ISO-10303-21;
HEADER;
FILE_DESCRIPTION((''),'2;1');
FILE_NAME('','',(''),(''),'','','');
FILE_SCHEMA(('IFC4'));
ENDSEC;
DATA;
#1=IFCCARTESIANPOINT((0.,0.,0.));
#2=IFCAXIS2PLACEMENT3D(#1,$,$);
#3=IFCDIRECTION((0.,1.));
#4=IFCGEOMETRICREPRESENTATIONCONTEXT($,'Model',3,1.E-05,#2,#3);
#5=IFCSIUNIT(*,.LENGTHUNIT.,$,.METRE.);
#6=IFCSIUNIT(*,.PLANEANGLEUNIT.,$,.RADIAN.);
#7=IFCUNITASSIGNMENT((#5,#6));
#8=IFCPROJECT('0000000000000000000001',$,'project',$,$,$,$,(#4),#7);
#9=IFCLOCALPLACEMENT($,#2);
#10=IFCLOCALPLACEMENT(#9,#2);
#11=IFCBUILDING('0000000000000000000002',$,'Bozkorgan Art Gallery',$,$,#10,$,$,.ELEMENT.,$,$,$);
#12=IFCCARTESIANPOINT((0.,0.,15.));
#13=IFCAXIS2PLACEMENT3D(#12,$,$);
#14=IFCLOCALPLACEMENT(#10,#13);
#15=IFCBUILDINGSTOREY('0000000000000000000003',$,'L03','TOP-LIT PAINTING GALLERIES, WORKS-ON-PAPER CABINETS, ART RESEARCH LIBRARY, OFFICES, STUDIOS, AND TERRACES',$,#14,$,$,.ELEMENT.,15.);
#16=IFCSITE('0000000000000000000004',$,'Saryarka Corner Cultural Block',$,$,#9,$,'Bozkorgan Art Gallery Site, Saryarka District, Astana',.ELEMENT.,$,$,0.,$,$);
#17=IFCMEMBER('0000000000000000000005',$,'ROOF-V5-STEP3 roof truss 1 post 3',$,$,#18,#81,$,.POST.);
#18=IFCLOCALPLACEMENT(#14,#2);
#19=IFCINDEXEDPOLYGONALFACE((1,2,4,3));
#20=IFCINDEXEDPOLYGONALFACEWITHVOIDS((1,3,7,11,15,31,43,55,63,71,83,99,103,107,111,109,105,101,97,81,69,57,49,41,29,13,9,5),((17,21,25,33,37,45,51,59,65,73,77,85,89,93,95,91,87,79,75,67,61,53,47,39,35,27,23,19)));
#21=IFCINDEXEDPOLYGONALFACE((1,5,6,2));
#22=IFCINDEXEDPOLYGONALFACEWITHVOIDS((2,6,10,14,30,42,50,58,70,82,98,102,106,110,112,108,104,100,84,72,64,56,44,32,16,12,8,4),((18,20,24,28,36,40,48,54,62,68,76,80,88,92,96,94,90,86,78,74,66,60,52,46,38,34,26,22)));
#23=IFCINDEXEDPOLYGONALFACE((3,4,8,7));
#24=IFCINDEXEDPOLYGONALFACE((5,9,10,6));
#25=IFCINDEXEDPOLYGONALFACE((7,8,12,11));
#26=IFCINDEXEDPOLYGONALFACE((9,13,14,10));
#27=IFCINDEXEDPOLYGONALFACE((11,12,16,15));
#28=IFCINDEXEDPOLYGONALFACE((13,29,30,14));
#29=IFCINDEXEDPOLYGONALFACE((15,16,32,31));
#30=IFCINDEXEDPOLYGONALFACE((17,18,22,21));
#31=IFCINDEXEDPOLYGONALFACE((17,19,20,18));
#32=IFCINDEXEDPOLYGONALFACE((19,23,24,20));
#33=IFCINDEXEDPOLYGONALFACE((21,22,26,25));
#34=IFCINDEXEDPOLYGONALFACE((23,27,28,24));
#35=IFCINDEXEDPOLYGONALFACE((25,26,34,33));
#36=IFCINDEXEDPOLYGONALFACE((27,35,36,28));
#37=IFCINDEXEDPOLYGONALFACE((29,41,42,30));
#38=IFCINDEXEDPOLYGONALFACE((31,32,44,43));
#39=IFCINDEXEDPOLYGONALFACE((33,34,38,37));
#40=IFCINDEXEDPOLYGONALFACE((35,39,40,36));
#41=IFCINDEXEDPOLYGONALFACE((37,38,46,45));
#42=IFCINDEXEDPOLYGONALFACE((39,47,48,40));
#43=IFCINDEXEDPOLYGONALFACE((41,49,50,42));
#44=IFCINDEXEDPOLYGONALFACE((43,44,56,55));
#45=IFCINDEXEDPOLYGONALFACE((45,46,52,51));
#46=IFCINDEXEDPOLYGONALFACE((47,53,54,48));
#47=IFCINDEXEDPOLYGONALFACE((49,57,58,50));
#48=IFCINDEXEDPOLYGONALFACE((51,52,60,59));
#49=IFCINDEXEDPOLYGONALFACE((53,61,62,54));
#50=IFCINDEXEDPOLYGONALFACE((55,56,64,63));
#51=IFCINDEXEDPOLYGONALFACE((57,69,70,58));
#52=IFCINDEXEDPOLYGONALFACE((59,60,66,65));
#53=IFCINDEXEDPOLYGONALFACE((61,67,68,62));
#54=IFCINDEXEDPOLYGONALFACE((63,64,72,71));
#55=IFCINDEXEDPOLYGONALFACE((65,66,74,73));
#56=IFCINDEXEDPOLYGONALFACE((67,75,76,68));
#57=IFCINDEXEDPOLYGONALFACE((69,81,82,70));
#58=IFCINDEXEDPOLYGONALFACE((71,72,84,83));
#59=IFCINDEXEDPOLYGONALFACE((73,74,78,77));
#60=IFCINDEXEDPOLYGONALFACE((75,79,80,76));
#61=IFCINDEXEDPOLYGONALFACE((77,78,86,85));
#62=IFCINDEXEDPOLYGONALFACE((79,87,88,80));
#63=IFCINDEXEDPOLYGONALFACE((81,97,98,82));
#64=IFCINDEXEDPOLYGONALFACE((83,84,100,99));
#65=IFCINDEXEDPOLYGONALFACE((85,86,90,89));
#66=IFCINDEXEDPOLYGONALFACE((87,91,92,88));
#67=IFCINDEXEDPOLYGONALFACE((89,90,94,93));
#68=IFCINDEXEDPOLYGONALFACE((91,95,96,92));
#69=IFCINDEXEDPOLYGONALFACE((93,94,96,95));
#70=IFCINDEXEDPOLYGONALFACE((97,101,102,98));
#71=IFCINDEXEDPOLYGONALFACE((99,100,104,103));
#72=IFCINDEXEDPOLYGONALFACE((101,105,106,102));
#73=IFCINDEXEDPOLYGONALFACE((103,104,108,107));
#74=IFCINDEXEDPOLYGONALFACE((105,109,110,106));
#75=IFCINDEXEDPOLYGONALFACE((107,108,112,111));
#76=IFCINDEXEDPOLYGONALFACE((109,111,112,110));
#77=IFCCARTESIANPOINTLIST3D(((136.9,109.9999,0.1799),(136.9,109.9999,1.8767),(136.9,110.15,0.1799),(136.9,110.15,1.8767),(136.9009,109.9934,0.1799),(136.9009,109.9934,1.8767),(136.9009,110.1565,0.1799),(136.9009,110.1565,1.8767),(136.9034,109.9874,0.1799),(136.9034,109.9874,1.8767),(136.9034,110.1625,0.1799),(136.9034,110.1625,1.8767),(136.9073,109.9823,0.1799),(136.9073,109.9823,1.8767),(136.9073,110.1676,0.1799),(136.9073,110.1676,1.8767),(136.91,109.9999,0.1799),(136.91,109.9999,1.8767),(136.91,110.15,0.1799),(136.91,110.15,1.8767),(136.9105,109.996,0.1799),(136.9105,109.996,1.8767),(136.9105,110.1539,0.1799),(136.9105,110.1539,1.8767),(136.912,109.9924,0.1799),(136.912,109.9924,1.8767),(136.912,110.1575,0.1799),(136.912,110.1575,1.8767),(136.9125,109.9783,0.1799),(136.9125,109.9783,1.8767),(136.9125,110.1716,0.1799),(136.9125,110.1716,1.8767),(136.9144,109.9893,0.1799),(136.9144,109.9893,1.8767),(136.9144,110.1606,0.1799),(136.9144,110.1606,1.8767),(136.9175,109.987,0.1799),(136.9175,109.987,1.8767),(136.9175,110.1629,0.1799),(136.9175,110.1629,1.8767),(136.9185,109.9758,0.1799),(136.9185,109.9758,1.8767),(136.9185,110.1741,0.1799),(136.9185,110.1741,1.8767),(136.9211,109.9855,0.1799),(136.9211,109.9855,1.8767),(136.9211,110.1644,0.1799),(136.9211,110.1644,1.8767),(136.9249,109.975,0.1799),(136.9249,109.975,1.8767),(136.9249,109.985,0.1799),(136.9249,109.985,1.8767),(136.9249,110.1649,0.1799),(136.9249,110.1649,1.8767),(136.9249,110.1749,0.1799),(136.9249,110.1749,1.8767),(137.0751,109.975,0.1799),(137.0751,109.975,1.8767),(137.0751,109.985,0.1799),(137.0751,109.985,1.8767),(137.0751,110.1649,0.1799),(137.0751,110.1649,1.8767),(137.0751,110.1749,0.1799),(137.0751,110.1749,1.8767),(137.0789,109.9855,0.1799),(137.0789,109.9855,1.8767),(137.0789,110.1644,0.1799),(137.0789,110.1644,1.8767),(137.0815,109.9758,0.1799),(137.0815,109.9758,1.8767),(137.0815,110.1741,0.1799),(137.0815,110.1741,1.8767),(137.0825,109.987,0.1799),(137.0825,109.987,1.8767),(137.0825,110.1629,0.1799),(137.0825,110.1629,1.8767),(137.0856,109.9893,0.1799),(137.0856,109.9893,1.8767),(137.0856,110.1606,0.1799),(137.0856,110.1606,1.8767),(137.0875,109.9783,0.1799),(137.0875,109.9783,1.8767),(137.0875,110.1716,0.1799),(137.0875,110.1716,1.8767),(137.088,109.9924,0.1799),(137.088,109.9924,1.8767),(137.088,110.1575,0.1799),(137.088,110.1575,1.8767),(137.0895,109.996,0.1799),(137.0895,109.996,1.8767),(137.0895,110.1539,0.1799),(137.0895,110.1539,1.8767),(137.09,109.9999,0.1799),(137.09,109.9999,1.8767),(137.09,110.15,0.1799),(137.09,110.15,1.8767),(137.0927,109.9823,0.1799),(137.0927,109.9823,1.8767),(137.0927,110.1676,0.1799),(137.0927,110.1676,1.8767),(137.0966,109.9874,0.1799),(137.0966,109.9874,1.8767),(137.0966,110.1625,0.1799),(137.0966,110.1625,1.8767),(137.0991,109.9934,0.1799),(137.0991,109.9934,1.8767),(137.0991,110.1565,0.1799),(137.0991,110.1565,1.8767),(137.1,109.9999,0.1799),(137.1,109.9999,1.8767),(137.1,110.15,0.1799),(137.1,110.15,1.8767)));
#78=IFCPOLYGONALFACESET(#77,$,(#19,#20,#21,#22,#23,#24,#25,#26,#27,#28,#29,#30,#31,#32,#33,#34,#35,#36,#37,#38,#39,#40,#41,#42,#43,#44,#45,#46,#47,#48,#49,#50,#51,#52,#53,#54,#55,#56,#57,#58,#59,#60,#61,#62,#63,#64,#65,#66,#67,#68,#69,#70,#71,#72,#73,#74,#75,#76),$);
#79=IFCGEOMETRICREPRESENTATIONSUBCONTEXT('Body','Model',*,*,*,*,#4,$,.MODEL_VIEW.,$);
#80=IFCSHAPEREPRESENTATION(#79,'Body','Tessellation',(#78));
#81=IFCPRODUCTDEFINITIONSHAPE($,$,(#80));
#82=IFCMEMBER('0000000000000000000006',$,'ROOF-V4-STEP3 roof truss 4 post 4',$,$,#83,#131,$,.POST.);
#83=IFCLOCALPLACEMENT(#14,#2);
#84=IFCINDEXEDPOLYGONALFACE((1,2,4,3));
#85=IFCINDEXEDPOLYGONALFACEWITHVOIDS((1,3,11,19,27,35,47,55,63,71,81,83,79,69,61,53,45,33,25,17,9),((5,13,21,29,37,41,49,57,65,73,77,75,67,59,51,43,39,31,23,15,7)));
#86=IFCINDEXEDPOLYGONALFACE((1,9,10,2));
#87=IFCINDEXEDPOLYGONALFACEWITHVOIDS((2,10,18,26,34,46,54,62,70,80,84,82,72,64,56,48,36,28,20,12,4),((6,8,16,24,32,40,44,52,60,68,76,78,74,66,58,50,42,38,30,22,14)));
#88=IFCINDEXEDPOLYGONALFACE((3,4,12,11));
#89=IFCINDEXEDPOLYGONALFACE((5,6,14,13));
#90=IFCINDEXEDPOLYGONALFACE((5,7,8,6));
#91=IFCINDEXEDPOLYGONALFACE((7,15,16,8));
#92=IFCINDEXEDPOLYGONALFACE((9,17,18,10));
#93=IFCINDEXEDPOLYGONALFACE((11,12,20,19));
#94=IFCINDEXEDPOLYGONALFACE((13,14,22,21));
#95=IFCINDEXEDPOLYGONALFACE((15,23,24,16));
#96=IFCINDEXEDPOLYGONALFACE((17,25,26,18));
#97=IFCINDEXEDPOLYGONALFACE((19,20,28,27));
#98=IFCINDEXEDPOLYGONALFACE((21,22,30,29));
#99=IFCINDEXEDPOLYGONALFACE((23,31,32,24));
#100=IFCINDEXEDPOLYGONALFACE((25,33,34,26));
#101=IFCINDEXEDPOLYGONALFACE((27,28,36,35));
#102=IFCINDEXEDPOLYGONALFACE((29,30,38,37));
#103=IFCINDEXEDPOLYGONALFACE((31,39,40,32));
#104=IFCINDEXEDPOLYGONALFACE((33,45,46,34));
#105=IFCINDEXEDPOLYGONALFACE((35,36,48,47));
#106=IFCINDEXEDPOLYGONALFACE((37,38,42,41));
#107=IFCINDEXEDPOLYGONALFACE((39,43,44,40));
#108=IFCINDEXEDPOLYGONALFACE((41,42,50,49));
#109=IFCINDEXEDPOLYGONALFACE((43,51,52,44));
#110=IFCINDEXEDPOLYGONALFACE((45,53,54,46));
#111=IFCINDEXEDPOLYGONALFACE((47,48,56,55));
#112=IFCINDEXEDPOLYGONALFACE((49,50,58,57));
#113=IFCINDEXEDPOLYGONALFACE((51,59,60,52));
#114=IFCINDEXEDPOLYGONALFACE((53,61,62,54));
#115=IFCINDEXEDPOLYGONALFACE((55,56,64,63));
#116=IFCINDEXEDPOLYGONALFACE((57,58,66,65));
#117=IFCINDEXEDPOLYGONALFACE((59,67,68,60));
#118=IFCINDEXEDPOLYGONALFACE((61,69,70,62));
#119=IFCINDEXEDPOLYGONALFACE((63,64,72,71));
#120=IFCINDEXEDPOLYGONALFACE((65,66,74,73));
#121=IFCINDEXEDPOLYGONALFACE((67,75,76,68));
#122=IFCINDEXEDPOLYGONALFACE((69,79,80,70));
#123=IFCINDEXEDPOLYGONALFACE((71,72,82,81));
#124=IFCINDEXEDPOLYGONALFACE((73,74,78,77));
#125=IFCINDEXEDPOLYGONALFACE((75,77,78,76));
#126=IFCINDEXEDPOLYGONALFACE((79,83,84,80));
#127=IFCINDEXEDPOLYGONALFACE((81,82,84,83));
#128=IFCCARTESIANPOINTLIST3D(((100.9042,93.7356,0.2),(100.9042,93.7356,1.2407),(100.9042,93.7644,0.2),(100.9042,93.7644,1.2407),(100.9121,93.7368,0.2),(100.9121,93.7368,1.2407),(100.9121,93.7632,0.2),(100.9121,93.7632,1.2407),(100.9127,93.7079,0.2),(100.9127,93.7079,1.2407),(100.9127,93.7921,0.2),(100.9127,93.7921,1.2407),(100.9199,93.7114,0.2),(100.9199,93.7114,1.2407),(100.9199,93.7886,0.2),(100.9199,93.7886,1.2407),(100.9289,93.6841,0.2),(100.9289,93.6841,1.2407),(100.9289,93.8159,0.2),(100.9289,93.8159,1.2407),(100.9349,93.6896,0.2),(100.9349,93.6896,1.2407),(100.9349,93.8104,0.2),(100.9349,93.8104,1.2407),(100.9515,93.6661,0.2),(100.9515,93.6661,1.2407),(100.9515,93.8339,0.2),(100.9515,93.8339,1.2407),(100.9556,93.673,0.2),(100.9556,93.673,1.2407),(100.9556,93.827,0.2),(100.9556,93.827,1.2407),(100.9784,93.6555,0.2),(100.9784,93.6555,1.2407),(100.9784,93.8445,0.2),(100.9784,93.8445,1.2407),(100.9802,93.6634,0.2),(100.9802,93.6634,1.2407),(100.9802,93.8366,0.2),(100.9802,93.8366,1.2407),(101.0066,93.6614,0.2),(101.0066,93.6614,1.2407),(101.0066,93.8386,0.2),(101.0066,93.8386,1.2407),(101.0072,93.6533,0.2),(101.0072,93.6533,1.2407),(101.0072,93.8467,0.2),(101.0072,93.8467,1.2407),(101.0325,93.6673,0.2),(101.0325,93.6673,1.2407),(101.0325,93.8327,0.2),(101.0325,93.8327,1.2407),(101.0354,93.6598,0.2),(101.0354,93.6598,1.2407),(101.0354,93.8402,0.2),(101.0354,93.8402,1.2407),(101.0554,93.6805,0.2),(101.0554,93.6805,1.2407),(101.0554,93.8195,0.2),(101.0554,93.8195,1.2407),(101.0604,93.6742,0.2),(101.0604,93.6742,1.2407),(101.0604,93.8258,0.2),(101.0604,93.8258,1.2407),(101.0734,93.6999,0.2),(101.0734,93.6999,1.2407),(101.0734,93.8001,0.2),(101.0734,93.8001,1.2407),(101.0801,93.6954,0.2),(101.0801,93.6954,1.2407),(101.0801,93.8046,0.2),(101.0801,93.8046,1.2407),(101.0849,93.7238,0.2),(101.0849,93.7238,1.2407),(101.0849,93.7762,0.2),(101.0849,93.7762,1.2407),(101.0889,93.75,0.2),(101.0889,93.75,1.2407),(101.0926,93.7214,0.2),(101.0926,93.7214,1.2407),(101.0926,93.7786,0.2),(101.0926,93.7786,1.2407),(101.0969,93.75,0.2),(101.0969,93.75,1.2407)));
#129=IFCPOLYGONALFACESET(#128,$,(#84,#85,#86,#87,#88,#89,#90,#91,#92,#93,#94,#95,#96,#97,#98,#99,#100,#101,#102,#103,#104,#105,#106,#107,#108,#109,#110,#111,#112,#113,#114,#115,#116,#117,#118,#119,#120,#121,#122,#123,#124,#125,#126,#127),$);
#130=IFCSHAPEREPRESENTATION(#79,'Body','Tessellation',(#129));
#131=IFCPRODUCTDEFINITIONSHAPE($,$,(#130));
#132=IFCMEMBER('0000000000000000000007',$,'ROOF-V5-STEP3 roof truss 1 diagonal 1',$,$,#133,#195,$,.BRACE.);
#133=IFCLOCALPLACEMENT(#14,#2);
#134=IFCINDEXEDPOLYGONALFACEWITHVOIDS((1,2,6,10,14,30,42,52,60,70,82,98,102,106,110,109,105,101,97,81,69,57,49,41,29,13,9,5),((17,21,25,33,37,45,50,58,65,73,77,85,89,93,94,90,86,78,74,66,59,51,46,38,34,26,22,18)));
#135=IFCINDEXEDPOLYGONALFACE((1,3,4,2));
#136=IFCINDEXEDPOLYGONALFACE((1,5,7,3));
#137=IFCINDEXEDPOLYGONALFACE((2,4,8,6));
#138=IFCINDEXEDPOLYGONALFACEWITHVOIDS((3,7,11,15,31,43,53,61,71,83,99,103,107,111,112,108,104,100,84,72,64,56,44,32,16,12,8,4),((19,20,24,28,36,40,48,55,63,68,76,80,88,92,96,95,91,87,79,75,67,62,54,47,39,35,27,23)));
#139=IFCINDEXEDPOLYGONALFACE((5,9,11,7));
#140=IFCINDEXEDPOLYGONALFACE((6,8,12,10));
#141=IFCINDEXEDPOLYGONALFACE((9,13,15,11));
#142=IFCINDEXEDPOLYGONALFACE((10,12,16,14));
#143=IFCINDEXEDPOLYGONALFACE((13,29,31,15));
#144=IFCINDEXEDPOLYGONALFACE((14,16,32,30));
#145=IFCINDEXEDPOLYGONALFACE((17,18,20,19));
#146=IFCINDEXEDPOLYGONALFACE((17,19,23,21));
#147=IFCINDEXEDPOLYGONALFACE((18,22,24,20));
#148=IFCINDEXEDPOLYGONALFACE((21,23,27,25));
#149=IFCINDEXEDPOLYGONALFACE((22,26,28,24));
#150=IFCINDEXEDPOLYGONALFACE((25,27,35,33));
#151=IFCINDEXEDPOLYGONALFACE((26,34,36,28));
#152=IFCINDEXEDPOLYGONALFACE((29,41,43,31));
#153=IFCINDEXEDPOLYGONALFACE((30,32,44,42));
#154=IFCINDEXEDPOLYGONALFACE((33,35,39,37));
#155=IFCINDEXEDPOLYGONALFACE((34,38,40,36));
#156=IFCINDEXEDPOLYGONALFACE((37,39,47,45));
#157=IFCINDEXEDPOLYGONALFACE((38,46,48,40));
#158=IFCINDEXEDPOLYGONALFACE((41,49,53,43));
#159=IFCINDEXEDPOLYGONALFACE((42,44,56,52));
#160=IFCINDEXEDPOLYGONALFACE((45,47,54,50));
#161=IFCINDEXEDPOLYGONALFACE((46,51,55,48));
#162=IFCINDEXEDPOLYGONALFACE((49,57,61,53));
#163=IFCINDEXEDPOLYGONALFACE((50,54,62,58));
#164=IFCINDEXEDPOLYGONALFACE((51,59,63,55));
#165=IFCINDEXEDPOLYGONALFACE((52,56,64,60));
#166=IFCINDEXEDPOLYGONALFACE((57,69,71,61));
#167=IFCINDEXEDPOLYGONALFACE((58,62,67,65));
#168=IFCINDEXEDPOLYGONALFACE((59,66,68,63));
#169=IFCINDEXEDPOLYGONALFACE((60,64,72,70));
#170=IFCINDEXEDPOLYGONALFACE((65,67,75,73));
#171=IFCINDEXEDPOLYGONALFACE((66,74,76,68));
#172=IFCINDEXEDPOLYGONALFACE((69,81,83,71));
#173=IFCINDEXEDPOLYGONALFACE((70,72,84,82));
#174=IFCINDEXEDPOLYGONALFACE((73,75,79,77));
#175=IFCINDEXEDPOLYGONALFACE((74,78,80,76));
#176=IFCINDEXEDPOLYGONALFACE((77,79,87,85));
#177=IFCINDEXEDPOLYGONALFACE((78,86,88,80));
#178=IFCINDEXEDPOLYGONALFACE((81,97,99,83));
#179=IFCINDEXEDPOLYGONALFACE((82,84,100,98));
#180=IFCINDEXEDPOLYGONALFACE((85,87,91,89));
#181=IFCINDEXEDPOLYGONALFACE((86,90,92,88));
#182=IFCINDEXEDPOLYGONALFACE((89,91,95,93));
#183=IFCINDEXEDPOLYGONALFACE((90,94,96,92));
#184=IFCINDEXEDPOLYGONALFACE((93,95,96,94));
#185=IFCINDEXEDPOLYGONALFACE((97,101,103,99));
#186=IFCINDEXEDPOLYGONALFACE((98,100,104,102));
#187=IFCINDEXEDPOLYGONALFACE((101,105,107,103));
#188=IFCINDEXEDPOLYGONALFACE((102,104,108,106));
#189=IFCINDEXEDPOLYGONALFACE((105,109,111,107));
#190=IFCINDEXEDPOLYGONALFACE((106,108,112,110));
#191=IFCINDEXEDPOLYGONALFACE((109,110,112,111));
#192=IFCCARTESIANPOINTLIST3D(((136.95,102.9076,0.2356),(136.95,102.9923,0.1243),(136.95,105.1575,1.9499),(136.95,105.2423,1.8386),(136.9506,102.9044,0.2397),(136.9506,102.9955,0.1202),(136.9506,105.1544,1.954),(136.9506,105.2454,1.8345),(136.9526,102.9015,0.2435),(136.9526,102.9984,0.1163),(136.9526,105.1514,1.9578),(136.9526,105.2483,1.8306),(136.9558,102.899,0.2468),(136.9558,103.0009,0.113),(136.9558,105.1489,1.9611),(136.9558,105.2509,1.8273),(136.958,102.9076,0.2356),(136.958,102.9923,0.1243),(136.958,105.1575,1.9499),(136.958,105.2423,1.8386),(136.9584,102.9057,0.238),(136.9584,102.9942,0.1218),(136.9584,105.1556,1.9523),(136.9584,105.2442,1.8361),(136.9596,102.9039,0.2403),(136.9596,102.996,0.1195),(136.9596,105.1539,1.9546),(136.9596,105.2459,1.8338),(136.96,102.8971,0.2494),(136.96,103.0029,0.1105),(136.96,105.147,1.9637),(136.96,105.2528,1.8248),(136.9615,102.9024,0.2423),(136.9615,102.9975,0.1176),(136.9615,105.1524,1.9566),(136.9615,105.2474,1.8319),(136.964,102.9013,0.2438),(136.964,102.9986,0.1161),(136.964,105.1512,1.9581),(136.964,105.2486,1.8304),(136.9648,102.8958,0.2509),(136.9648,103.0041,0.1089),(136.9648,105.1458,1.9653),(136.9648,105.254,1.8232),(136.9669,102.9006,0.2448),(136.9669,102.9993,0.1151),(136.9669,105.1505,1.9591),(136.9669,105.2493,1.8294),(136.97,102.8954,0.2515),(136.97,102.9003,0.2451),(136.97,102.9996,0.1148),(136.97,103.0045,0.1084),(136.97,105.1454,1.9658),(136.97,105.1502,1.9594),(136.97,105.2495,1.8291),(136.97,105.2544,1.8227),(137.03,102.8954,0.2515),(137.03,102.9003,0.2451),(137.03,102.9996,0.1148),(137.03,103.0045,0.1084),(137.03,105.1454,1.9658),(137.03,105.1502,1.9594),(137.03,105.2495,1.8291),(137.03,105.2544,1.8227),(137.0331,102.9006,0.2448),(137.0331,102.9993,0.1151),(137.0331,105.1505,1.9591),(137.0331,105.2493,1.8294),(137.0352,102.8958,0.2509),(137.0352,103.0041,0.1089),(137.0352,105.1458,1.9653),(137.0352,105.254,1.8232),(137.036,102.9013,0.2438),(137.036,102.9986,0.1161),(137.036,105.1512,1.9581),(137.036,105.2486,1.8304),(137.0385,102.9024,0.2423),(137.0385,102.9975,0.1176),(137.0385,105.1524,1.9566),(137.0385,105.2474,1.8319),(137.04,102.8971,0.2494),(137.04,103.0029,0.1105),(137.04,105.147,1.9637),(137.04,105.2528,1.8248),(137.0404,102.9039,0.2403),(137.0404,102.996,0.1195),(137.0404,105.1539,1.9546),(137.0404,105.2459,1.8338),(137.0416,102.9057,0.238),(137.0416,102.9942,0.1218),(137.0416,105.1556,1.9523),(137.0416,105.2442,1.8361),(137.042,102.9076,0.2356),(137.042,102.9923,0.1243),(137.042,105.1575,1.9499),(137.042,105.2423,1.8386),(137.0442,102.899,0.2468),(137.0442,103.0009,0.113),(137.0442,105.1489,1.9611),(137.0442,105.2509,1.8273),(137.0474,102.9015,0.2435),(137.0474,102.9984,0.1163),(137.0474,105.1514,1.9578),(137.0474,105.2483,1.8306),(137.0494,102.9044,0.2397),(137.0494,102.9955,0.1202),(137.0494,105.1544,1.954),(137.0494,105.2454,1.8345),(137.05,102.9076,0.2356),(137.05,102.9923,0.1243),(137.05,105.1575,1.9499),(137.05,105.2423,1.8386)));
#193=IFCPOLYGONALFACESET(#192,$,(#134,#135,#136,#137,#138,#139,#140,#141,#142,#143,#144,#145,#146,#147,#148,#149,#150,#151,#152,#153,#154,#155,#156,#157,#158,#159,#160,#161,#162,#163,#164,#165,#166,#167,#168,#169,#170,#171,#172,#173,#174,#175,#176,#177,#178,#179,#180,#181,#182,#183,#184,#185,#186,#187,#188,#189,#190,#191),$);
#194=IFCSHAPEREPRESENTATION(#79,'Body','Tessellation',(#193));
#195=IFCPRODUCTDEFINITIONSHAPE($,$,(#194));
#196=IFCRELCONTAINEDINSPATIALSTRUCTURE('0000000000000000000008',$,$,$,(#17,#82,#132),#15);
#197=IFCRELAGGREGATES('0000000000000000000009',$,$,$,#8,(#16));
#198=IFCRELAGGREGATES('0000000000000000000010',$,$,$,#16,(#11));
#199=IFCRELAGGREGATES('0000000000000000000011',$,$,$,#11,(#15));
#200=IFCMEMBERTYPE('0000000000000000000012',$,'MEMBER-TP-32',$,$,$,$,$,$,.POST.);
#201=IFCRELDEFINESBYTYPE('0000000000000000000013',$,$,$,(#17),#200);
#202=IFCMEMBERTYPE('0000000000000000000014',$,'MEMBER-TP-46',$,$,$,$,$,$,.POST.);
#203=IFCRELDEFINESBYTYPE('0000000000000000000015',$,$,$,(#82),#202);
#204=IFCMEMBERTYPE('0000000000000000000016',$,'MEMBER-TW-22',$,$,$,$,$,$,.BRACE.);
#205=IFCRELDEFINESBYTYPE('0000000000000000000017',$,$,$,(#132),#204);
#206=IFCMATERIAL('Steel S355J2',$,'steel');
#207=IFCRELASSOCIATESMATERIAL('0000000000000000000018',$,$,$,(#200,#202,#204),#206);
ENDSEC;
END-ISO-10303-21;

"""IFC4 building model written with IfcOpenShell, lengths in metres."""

from ifc_helpers import new_model, si_unit, direction, frame, origin, origin_2d, place, context, subcontext, project, spatial, hollow_rectangle, hollow_circle, extrude, material, material_profile, profile_set, type_object, element, save


model = new_model("IFC4")

# Units and contexts
model_context = context("Model", 3, precision=1e-05, world=origin(), true_north=direction((0.0, 1.0)))
body_context = subcontext(model_context, "Body", "Model", "MODEL_VIEW")
ifc_project = project(units=[si_unit("LENGTHUNIT", "METRE"), si_unit("PLANEANGLEUNIT", "RADIAN")], contexts=[model_context])

# Site, building, storey
site_placement = place(None, origin())
site = spatial("IfcSite", under=ifc_project, at=site_placement, Name="Saryarka Corner Cultural Block", LongName="Bozkorgan Art Gallery Site, Saryarka District, Astana", CompositionType="ELEMENT", RefElevation=0.0)
building_placement = place(site_placement, origin())
building = spatial("IfcBuilding", under=site, at=building_placement, Name="Bozkorgan Art Gallery", CompositionType="ELEMENT")
storey_placement = place(building_placement, frame((0.0, 0.0, 15.0)))
storey = spatial("IfcBuildingStorey", under=building, at=storey_placement, Name="L03", Description="TOP-LIT PAINTING GALLERIES, WORKS-ON-PAPER CABINETS, ART RESEARCH LIBRARY, OFFICES, STUDIOS, AND TERRACES", CompositionType="ELEMENT", Elevation=15.0)

# Shared definitions
ifc_material_1 = material(Name="Steel S355J2", Category="steel")

# Members
ifc_material_profile_1 = material_profile(ifc_material_1, hollow_rectangle(XDim=0.2, YDim=0.2, WallThickness=0.01, InnerFilletRadius=0.0149, OuterFilletRadius=0.0249, at=origin_2d()), Name="SHS 200x200x10")
ifc_profile_set_1 = profile_set([ifc_material_profile_1], Name="Steel S355J2")
member_type_1 = type_object("IfcMemberType", Name="MEMBER-TP-32", PredefinedType="POST", material=ifc_profile_set_1)
member_1_placement = place(storey_placement, frame((137.0, 110.075, 0.1799), z_axis=(0.0, 0.0, 1.0), x_axis=(1.0, 0.0, 0.0)))
element("IfcMember", 1, at=member_1_placement, inside=storey, type_object=member_type_1, Name="ROOF-V5-STEP3 roof truss 1 post 3", PredefinedType="POST", context=body_context, shape_type="SweptSolid", body=[
    extrude(hollow_rectangle(XDim=0.2, YDim=0.2, WallThickness=0.01, InnerFilletRadius=0.0149, OuterFilletRadius=0.0249, at=origin_2d()), origin(), (0.0, 0.0, 1.0), 1.6968),
])
ifc_material_profile_2 = material_profile(ifc_material_1, hollow_circle(Radius=0.0969, WallThickness=0.0081, at=origin_2d()), Name="CHS 193.7x8")
ifc_profile_set_2 = profile_set([ifc_material_profile_2], Name="Steel S355J2")
member_type_2 = type_object("IfcMemberType", Name="MEMBER-TP-46", PredefinedType="POST", material=ifc_profile_set_2)
member_2_placement = place(storey_placement, frame((101.0, 93.75, 0.2), z_axis=(0.0, 0.0, 1.0), x_axis=(1.0, 0.0, 0.0)))
element("IfcMember", 2, at=member_2_placement, inside=storey, type_object=member_type_2, Name="ROOF-V4-STEP3 roof truss 4 post 4", PredefinedType="POST", context=body_context, shape_type="SweptSolid", body=[
    extrude(hollow_circle(Radius=0.0969, WallThickness=0.0081, at=origin_2d()), origin(), (0.0, 0.0, 1.0), 1.0408),
])
ifc_material_profile_3 = material_profile(ifc_material_1, hollow_rectangle(XDim=0.1001, YDim=0.1799, WallThickness=0.0081, InnerFilletRadius=0.012, OuterFilletRadius=0.02, at=origin_2d()), Name="RHS 180x100x8")
ifc_profile_set_3 = profile_set([ifc_material_profile_3], Name="Steel S355J2")
member_type_3 = type_object("IfcMemberType", Name="MEMBER-TW-22", PredefinedType="BRACE", material=ifc_profile_set_3)
member_3_placement = place(storey_placement, frame((137.0, 102.95, 0.1799), z_axis=(0.0, 0.79542, 0.606059), x_axis=(-1.0, 0.0, 0.0)))
element("IfcMember", 3, at=member_3_placement, inside=storey, type_object=member_type_3, Name="ROOF-V5-STEP3 roof truss 1 diagonal 1", PredefinedType="BRACE", context=body_context, shape_type="SweptSolid", body=[
    extrude(hollow_rectangle(XDim=0.1001, YDim=0.1799, WallThickness=0.0081, InnerFilletRadius=0.012, OuterFilletRadius=0.02, at=origin_2d()), origin(), (0.0, 0.0, 1.0), 2.8286),
])

save(model, "model.ifc")
